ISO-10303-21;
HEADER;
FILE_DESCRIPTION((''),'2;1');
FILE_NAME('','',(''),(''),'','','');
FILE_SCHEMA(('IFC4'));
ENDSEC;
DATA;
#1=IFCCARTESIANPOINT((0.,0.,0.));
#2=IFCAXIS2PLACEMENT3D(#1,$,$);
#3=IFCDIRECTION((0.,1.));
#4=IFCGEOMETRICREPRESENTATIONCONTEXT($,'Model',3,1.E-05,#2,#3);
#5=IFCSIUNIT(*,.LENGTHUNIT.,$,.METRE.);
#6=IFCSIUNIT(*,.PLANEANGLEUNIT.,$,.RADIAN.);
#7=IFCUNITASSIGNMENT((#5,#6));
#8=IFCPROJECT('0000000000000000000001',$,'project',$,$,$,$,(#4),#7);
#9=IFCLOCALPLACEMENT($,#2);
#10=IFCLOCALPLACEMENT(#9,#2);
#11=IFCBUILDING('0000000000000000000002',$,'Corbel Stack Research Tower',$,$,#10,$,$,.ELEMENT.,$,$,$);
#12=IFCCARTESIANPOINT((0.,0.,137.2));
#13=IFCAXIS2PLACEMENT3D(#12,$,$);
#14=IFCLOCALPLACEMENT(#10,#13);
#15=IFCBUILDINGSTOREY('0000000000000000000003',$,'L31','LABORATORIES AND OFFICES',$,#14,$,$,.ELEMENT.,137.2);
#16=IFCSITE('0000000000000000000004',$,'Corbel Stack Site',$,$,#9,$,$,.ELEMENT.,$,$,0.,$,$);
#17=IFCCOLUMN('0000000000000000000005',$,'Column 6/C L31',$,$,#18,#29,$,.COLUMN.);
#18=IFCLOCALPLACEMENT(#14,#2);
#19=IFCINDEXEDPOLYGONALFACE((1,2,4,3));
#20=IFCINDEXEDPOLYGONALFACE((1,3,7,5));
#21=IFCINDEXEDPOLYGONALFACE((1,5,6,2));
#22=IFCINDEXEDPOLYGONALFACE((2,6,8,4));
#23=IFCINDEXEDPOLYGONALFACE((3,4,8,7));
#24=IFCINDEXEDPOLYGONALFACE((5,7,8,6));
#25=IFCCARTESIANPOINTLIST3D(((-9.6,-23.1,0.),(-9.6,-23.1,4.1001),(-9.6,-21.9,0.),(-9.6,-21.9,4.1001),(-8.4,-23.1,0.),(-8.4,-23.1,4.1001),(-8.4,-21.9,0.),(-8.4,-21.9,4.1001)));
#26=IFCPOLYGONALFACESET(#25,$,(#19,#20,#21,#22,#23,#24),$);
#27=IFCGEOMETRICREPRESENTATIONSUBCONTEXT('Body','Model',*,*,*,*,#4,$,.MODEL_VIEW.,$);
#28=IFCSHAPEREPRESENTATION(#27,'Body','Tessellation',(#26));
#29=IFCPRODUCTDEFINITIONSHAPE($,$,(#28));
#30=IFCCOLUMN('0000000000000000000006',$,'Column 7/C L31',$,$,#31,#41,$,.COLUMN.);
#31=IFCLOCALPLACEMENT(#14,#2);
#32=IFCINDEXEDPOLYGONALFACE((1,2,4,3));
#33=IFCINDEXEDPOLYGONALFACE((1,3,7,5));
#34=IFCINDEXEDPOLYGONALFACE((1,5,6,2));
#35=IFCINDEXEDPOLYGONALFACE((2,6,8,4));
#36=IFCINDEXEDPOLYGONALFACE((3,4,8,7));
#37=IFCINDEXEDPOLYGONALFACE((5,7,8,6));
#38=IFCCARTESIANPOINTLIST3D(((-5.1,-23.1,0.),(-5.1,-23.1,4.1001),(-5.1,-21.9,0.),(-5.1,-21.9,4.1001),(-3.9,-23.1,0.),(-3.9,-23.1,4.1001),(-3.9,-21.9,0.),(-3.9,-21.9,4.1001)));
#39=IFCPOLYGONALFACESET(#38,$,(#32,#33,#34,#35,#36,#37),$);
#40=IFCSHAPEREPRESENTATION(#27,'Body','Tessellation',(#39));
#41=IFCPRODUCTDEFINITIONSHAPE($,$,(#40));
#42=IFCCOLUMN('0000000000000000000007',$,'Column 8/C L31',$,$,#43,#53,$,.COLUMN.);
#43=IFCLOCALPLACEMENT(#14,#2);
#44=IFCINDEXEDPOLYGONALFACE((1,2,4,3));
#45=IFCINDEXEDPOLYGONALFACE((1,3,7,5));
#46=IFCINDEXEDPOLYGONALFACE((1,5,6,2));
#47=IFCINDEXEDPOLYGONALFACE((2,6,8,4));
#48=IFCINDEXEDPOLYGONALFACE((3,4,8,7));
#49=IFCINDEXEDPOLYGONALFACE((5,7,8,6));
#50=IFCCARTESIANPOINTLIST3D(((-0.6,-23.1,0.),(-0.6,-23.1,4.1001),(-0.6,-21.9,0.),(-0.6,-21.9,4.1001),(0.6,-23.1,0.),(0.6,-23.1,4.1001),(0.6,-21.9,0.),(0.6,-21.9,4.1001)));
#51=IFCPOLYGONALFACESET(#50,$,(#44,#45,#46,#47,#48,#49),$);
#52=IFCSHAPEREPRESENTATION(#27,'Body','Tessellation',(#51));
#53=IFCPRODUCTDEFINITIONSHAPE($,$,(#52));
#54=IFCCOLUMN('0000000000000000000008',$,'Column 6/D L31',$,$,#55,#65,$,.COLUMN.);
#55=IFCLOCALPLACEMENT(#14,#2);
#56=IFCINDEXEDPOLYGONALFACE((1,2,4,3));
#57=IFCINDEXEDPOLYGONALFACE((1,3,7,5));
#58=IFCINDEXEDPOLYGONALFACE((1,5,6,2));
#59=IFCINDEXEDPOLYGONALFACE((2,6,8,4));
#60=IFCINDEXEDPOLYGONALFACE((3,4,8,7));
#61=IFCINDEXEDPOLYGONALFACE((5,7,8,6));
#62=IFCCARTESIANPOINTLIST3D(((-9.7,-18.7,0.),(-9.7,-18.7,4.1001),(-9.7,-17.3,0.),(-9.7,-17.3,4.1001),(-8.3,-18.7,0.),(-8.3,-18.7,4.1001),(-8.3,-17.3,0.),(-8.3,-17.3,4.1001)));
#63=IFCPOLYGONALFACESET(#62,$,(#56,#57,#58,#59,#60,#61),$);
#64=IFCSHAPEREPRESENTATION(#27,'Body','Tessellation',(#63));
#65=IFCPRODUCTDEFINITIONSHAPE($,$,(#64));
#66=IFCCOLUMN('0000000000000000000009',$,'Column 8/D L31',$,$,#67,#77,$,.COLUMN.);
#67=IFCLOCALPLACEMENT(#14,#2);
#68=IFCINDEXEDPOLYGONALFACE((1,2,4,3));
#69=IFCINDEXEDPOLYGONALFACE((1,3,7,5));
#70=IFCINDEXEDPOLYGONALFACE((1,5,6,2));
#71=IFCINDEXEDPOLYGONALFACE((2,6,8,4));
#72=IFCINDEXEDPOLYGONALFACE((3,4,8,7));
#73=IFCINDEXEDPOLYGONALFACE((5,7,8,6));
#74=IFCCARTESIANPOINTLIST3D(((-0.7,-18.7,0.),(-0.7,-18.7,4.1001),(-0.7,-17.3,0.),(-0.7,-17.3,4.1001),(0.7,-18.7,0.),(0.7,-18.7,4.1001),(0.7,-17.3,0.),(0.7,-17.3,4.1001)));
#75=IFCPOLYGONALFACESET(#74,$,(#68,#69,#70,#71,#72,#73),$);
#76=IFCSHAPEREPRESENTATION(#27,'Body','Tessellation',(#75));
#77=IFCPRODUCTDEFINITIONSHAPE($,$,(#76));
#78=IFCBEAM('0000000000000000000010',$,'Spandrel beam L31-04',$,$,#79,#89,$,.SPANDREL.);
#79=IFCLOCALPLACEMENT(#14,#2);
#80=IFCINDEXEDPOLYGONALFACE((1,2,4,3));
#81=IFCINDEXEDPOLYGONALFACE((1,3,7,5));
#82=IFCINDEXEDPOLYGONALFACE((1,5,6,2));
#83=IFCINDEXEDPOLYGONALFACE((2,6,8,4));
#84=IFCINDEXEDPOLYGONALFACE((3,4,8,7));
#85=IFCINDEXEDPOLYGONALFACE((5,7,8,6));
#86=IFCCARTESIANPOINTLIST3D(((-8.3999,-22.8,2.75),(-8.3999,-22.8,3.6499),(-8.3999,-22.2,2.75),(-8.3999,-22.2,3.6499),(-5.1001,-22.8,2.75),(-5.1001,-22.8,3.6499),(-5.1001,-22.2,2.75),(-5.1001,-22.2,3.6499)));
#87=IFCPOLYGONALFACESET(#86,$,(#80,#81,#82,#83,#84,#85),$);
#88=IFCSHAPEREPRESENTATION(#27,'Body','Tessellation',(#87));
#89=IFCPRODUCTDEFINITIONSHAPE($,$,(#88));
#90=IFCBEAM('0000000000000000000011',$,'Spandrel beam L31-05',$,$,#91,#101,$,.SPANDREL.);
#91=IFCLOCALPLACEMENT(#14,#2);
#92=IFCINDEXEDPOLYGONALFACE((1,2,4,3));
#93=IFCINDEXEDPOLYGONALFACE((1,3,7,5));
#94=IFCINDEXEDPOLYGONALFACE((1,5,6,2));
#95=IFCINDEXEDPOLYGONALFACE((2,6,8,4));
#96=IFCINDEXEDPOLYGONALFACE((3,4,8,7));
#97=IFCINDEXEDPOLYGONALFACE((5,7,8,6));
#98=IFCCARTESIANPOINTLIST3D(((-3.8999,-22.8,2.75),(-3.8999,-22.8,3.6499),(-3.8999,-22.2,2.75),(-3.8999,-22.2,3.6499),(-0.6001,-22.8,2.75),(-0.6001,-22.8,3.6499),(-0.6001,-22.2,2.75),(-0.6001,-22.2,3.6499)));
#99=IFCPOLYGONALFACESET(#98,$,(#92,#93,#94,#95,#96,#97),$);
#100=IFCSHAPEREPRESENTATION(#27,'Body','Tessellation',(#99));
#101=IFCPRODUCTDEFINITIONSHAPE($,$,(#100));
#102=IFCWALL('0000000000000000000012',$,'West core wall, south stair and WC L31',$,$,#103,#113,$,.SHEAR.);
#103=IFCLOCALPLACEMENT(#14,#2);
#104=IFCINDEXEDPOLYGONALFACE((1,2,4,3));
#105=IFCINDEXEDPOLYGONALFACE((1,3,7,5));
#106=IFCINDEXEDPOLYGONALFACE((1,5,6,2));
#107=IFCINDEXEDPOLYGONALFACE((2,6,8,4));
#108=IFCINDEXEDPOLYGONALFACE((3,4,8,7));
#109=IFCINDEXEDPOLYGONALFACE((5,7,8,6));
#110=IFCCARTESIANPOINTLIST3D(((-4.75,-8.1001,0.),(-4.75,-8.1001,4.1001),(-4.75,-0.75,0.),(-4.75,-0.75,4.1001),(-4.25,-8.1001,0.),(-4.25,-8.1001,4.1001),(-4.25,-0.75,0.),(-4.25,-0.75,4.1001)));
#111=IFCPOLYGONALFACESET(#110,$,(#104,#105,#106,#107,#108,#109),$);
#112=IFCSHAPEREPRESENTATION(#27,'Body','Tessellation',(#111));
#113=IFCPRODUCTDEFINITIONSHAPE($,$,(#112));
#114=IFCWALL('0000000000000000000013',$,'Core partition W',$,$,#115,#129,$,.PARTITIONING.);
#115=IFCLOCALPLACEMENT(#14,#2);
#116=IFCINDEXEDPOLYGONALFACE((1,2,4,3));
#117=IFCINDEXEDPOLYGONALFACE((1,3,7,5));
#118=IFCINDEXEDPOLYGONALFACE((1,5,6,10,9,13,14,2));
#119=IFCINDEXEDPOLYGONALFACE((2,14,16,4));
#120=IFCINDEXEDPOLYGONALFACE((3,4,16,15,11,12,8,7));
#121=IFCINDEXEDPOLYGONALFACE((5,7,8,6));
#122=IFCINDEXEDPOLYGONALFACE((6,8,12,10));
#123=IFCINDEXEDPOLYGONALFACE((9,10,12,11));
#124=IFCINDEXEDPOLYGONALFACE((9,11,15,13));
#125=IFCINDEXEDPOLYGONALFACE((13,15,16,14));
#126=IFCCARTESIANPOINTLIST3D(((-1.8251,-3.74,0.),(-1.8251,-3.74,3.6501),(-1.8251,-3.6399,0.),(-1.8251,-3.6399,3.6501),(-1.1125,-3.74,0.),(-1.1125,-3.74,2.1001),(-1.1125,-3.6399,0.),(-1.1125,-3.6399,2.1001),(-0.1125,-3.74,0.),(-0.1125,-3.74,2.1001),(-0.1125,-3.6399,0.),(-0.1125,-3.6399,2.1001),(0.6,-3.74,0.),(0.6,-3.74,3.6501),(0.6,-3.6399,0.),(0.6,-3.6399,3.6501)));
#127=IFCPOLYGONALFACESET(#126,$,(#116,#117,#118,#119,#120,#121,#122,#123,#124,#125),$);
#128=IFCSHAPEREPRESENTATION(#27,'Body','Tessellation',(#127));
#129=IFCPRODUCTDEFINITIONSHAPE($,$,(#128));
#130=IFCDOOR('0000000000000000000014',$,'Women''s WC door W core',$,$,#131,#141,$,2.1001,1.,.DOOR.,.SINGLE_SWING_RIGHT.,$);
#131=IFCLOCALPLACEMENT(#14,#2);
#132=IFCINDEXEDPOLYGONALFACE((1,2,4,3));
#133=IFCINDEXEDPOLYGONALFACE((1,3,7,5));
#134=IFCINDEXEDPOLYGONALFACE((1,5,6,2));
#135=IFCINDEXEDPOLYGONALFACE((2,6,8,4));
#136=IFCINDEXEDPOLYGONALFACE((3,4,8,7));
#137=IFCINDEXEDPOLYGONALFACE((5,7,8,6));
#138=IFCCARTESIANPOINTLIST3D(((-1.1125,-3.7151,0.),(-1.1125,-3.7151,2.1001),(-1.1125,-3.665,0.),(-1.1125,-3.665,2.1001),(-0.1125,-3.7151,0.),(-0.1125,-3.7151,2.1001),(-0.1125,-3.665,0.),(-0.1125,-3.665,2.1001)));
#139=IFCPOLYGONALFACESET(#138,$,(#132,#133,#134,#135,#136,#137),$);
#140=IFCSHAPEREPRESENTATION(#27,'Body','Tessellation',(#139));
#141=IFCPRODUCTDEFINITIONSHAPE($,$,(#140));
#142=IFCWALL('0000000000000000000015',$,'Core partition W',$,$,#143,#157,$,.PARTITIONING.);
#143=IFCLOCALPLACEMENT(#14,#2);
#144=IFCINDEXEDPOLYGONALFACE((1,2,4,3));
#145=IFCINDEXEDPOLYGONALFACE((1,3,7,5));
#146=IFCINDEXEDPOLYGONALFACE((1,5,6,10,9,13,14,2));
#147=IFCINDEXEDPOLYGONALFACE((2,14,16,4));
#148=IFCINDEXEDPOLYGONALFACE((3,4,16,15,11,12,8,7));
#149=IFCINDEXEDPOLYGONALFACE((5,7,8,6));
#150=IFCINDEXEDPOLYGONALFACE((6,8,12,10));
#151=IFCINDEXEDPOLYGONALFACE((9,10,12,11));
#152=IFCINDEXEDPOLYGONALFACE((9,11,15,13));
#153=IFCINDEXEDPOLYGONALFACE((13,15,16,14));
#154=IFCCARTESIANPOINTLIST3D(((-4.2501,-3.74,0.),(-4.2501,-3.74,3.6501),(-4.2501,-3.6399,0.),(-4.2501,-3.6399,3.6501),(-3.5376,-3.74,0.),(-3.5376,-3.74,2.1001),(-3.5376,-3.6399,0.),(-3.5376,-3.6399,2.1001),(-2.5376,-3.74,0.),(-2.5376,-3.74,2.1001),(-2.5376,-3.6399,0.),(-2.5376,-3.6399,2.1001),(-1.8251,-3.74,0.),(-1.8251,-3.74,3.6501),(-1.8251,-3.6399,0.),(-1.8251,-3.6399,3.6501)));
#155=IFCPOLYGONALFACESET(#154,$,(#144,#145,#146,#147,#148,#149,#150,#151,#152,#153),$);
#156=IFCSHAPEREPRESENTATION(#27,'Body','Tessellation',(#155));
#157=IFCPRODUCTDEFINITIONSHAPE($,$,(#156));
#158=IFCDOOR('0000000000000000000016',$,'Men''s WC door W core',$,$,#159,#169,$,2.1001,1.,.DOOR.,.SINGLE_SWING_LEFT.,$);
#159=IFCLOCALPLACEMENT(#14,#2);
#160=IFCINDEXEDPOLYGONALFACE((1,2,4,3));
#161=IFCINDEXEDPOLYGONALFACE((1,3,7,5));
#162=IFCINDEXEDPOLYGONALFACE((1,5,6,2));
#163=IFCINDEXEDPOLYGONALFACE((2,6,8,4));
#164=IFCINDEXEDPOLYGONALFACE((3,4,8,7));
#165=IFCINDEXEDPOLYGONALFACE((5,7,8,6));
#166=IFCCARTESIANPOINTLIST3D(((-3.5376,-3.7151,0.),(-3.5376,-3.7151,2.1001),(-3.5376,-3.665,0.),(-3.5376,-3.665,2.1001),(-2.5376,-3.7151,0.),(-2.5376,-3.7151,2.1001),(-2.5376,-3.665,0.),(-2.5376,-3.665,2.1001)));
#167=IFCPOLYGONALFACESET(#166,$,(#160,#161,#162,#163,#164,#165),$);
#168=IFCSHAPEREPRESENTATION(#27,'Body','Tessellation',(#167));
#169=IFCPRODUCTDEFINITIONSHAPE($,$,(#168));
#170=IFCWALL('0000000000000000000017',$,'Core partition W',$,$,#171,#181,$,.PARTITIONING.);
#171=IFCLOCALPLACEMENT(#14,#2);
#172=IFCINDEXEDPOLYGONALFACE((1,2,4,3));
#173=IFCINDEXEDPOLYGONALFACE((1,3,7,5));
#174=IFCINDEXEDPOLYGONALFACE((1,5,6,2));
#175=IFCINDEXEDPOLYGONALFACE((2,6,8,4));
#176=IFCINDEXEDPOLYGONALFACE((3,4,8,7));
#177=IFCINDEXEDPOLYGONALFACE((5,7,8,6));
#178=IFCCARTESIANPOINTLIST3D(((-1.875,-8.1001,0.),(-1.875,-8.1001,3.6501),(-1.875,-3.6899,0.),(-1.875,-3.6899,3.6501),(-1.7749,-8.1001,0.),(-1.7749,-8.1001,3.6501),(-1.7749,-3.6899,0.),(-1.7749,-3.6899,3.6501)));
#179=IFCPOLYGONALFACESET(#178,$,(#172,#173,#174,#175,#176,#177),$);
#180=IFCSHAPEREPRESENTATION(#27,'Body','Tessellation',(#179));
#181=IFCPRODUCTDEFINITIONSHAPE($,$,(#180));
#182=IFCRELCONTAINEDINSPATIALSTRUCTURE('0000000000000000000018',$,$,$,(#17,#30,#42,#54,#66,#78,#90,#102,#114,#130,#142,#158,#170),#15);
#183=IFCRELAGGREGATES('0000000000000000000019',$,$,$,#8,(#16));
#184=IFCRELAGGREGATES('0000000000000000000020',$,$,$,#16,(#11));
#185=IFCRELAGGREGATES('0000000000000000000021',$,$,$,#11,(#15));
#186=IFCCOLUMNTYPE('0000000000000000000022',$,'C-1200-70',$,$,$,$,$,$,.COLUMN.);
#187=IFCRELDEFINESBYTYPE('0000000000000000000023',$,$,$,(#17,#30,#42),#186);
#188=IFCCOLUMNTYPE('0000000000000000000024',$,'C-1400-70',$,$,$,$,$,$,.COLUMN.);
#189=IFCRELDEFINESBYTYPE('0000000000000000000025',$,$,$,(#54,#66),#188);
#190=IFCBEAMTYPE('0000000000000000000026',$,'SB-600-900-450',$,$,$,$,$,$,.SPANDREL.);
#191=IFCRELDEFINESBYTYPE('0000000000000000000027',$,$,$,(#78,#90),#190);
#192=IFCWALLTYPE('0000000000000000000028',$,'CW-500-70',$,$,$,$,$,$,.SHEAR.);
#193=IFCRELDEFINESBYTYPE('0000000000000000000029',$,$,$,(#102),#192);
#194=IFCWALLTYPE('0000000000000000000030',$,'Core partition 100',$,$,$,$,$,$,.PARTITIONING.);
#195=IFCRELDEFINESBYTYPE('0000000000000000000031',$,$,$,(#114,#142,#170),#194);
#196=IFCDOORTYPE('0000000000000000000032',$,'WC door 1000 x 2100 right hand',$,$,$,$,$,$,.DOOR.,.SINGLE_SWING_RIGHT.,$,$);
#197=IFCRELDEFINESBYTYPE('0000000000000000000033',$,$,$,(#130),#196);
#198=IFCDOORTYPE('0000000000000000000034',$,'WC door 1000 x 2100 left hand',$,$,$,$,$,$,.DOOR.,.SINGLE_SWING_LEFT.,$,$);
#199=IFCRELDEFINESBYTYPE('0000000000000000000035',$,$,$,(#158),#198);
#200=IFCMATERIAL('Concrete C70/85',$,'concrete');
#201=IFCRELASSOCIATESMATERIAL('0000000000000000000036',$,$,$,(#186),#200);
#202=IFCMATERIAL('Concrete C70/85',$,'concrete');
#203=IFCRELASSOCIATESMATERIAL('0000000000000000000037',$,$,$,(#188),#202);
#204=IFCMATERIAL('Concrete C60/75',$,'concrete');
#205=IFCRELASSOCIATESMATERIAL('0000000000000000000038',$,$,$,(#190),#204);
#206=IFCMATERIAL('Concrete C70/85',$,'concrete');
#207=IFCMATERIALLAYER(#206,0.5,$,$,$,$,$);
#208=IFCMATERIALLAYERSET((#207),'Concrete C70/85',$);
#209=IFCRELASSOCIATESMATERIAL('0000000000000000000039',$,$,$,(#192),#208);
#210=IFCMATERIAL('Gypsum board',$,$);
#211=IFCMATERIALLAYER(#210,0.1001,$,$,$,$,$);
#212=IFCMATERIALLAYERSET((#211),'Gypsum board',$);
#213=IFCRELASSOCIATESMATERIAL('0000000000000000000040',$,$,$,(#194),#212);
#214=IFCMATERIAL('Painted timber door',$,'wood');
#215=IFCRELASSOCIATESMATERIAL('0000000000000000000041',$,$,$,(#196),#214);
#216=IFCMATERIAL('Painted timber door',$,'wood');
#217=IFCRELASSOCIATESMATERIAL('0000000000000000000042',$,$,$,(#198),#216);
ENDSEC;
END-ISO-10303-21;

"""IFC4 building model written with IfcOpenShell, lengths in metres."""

from ifc_helpers import new_model, si_unit, direction, frame, frame_2d, origin, origin_2d, place, context, subcontext, project, spatial, rectangle, extrude, material, layer, layer_set, material_profile, profile_set, type_object, element, fill, save


model = new_model("IFC4")

# Units and contexts
model_context = context("Model", 3, precision=1e-05, world=origin(), true_north=direction((0.0, 1.0)))
body_context = subcontext(model_context, "Body", "Model", "MODEL_VIEW")
ifc_project = project(units=[si_unit("LENGTHUNIT", "METRE"), si_unit("PLANEANGLEUNIT", "RADIAN")], contexts=[model_context])

# Site, building, storey
site_placement = place(None, origin())
site = spatial("IfcSite", under=ifc_project, at=site_placement, Name="Corbel Stack Site", CompositionType="ELEMENT", RefElevation=0.0)
building_placement = place(site_placement, origin())
building = spatial("IfcBuilding", under=site, at=building_placement, Name="Corbel Stack Research Tower", CompositionType="ELEMENT")
storey_placement = place(building_placement, frame((0.0, 0.0, 137.2)))
storey = spatial("IfcBuildingStorey", under=building, at=storey_placement, Name="L31", Description="LABORATORIES AND OFFICES", CompositionType="ELEMENT", Elevation=137.2)

# Columns
ifc_material_1 = material(Name="Concrete C70/85", Category="concrete")
ifc_material_profile_1 = material_profile(ifc_material_1, rectangle(XDim=1.2, YDim=1.2, at=origin_2d()), Name="RC 1200 x 1200")
ifc_profile_set_1 = profile_set([ifc_material_profile_1], Name="Concrete C70/85")
column_type_1 = type_object("IfcColumnType", Name="C-1200-70", PredefinedType="COLUMN", material=ifc_profile_set_1)
for number, where, z_axis, x_axis, name in (
    (1, (-9.0, -22.5, 0.0), (0.0, 0.0, 1.0), (1.0, 0.0, 0.0), "Column 6/C L31"),
    (2, (-4.5, -22.5, 0.0), (0.0, 0.0, 1.0), (1.0, 0.0, 0.0), "Column 7/C L31"),
    (3, (0.0, -22.5, 0.0), (0.0, 0.0, 1.0), (1.0, 0.0, 0.0), "Column 8/C L31"),
):
    element("IfcColumn", number, at=place(storey_placement, frame(where, z_axis=z_axis, x_axis=x_axis)), inside=storey, type_object=column_type_1, Name=name, PredefinedType="COLUMN", context=body_context, shape_type="SweptSolid", body=[
        extrude(rectangle(XDim=1.2, YDim=1.2, at=origin_2d()), origin(), (0.0, 0.0, 1.0), 4.1001),
    ])
ifc_material_2 = material(Name="Concrete C70/85", Category="concrete")
ifc_material_profile_2 = material_profile(ifc_material_2, rectangle(XDim=1.3999, YDim=1.3999, at=origin_2d()), Name="RC 1400 x 1400")
ifc_profile_set_2 = profile_set([ifc_material_profile_2], Name="Concrete C70/85")
column_type_2 = type_object("IfcColumnType", Name="C-1400-70", PredefinedType="COLUMN", material=ifc_profile_set_2)
for number, where, z_axis, x_axis, name in (
    (4, (-9.0, -18.0, 0.0), (0.0, 0.0, 1.0), (1.0, 0.0, 0.0), "Column 6/D L31"),
    (5, (0.0, -18.0, 0.0), (0.0, 0.0, 1.0), (1.0, 0.0, 0.0), "Column 8/D L31"),
):
    element("IfcColumn", number, at=place(storey_placement, frame(where, z_axis=z_axis, x_axis=x_axis)), inside=storey, type_object=column_type_2, Name=name, PredefinedType="COLUMN", context=body_context, shape_type="SweptSolid", body=[
        extrude(rectangle(XDim=1.3999, YDim=1.3999, at=origin_2d()), origin(), (0.0, 0.0, 1.0), 4.1001),
    ])

# Beams
ifc_material_3 = material(Name="Concrete C60/75", Category="concrete")
ifc_material_profile_3 = material_profile(ifc_material_3, rectangle(XDim=0.6001, YDim=0.8999, at=origin_2d()), Name="RC 600 x 900")
ifc_profile_set_3 = profile_set([ifc_material_profile_3], Name="Concrete C60/75")
beam_type = type_object("IfcBeamType", Name="SB-600-900-450", PredefinedType="SPANDREL", material=ifc_profile_set_3)
for number, where, z_axis, x_axis, name in (
    (6, (-8.3999, -22.5, 3.2), (1.0, 0.0, 0.0), (0.0, 1.0, 0.0), "Spandrel beam L31-04"),
    (7, (-3.8999, -22.5, 3.2), (1.0, 0.0, 0.0), (0.0, 1.0, 0.0), "Spandrel beam L31-05"),
):
    element("IfcBeam", number, at=place(storey_placement, frame(where, z_axis=z_axis, x_axis=x_axis)), inside=storey, type_object=beam_type, Name=name, PredefinedType="SPANDREL", context=body_context, shape_type="SweptSolid", body=[
        extrude(rectangle(XDim=0.6001, YDim=0.8999, at=origin_2d()), origin(), (0.0, 0.0, 1.0), 3.2998),
    ])

# Wall
ifc_material_4 = material(Name="Concrete C70/85", Category="concrete")
ifc_layer_1 = layer(ifc_material_4, 0.5)
ifc_layer_set_1 = layer_set([ifc_layer_1], Name="Concrete C70/85")
wall_type_1 = type_object("IfcWallType", Name="CW-500-70", PredefinedType="SHEAR", material=ifc_layer_set_1)
wall_1_placement = place(storey_placement, frame((-4.5, -8.1001, 0.0), z_axis=(0.0, 0.0, 1.0), x_axis=(0.0, 1.0, 0.0)))
element("IfcWall", 8, at=wall_1_placement, inside=storey, type_object=wall_type_1, Name="West core wall, south stair and WC L31", PredefinedType="SHEAR", context=body_context, shape_type="SweptSolid", body=[
    extrude(rectangle(XDim=7.3501, YDim=0.5, at=frame_2d((3.675, 0.0))), origin(), (0.0, 0.0, 1.0), 4.1001),
])

# Walls, openings, doors
ifc_material_5 = material(Name="Gypsum board")
ifc_layer_2 = layer(ifc_material_5, 0.1001)
ifc_layer_set_2 = layer_set([ifc_layer_2], Name="Gypsum board")
wall_type_2 = type_object("IfcWallType", Name="Core partition 100", PredefinedType="PARTITIONING", material=ifc_layer_set_2)
wall_2_placement = place(storey_placement, frame((-1.825, -3.6899, 0.0), z_axis=(0.0, 0.0, 1.0), x_axis=(1.0, 0.0, 0.0)))
wall_2 = element("IfcWall", 9, at=wall_2_placement, inside=storey, type_object=wall_type_2, Name="Core partition W", PredefinedType="PARTITIONING", context=body_context, shape_type="SweptSolid", body=[
    extrude(rectangle(XDim=2.425, YDim=0.1001, at=frame_2d((1.2124, 0.0))), origin(), (0.0, 0.0, 1.0), 3.6501),
])
opening_1_placement = place(wall_2_placement, frame((0.7124, 0.0, 0.0)))
opening_1 = element("IfcOpeningElement", 10, at=opening_1_placement, cuts=wall_2, PredefinedType="OPENING", context=body_context, shape_type="SweptSolid", body=[
    extrude(rectangle(XDim=1.0, YDim=2.1001, at=frame_2d((0.5, 1.05))), frame((0.0, 0.0601, 0.0), z_axis=(0.0, -1.0, 0.0), x_axis=(1.0, 0.0, 0.0)), (0.0, 0.0, 1.0), 0.1201),
])
ifc_material_6 = material(Name="Painted timber door", Category="wood")
door_type_1 = type_object("IfcDoorType", Name="WC door 1000 x 2100 right hand", OperationType="SINGLE_SWING_RIGHT", PredefinedType="DOOR", material=ifc_material_6)
door_1_placement = place(opening_1_placement, origin())
door_1 = element("IfcDoor", 11, at=door_1_placement, inside=storey, type_object=door_type_1, Name="Women's WC door W core", OperationType="SINGLE_SWING_RIGHT", OverallHeight=2.1001, OverallWidth=1.0, PredefinedType="DOOR", context=body_context, shape_type="SweptSolid", body=[
    extrude(rectangle(XDim=1.0, YDim=2.1001, at=frame_2d((0.5, 1.05))), frame((0.0, 0.0249, 0.0), z_axis=(0.0, -1.0, 0.0), x_axis=(1.0, 0.0, 0.0)), (0.0, 0.0, 1.0), 0.05),
])
fill(opening_1, door_1)
wall_3_placement = place(storey_placement, frame((-4.25, -3.6899, 0.0), z_axis=(0.0, 0.0, 1.0), x_axis=(1.0, 0.0, 0.0)))
wall_3 = element("IfcWall", 12, at=wall_3_placement, inside=storey, type_object=wall_type_2, Name="Core partition W", PredefinedType="PARTITIONING", context=body_context, shape_type="SweptSolid", body=[
    extrude(rectangle(XDim=2.425, YDim=0.1001, at=frame_2d((1.2124, 0.0))), origin(), (0.0, 0.0, 1.0), 3.6501),
])
opening_2_placement = place(wall_3_placement, frame((0.7124, 0.0, 0.0)))
opening_2 = element("IfcOpeningElement", 13, at=opening_2_placement, cuts=wall_3, PredefinedType="OPENING", context=body_context, shape_type="SweptSolid", body=[
    extrude(rectangle(XDim=1.0, YDim=2.1001, at=frame_2d((0.5, 1.05))), frame((0.0, 0.0601, 0.0), z_axis=(0.0, -1.0, 0.0), x_axis=(1.0, 0.0, 0.0)), (0.0, 0.0, 1.0), 0.1201),
])
ifc_material_7 = material(Name="Painted timber door", Category="wood")
door_type_2 = type_object("IfcDoorType", Name="WC door 1000 x 2100 left hand", OperationType="SINGLE_SWING_LEFT", PredefinedType="DOOR", material=ifc_material_7)
door_2_placement = place(opening_2_placement, origin())
door_2 = element("IfcDoor", 14, at=door_2_placement, inside=storey, type_object=door_type_2, Name="Men's WC door W core", OperationType="SINGLE_SWING_LEFT", OverallHeight=2.1001, OverallWidth=1.0, PredefinedType="DOOR", context=body_context, shape_type="SweptSolid", body=[
    extrude(rectangle(XDim=1.0, YDim=2.1001, at=frame_2d((0.5, 1.05))), frame((0.0, 0.0249, 0.0), z_axis=(0.0, -1.0, 0.0), x_axis=(1.0, 0.0, 0.0)), (0.0, 0.0, 1.0), 0.05),
])
fill(opening_2, door_2)

# Wall
wall_4_placement = place(storey_placement, frame((-1.825, -8.1001, 0.0), z_axis=(0.0, 0.0, 1.0), x_axis=(0.0, 1.0, 0.0)))
element("IfcWall", 15, at=wall_4_placement, inside=storey, type_object=wall_type_2, Name="Core partition W", PredefinedType="PARTITIONING", context=body_context, shape_type="SweptSolid", body=[
    extrude(rectangle(XDim=4.4102, YDim=0.1001, at=frame_2d((2.2051, 0.0))), origin(), (0.0, 0.0, 1.0), 3.6501),
])

save(model, "model.ifc")
